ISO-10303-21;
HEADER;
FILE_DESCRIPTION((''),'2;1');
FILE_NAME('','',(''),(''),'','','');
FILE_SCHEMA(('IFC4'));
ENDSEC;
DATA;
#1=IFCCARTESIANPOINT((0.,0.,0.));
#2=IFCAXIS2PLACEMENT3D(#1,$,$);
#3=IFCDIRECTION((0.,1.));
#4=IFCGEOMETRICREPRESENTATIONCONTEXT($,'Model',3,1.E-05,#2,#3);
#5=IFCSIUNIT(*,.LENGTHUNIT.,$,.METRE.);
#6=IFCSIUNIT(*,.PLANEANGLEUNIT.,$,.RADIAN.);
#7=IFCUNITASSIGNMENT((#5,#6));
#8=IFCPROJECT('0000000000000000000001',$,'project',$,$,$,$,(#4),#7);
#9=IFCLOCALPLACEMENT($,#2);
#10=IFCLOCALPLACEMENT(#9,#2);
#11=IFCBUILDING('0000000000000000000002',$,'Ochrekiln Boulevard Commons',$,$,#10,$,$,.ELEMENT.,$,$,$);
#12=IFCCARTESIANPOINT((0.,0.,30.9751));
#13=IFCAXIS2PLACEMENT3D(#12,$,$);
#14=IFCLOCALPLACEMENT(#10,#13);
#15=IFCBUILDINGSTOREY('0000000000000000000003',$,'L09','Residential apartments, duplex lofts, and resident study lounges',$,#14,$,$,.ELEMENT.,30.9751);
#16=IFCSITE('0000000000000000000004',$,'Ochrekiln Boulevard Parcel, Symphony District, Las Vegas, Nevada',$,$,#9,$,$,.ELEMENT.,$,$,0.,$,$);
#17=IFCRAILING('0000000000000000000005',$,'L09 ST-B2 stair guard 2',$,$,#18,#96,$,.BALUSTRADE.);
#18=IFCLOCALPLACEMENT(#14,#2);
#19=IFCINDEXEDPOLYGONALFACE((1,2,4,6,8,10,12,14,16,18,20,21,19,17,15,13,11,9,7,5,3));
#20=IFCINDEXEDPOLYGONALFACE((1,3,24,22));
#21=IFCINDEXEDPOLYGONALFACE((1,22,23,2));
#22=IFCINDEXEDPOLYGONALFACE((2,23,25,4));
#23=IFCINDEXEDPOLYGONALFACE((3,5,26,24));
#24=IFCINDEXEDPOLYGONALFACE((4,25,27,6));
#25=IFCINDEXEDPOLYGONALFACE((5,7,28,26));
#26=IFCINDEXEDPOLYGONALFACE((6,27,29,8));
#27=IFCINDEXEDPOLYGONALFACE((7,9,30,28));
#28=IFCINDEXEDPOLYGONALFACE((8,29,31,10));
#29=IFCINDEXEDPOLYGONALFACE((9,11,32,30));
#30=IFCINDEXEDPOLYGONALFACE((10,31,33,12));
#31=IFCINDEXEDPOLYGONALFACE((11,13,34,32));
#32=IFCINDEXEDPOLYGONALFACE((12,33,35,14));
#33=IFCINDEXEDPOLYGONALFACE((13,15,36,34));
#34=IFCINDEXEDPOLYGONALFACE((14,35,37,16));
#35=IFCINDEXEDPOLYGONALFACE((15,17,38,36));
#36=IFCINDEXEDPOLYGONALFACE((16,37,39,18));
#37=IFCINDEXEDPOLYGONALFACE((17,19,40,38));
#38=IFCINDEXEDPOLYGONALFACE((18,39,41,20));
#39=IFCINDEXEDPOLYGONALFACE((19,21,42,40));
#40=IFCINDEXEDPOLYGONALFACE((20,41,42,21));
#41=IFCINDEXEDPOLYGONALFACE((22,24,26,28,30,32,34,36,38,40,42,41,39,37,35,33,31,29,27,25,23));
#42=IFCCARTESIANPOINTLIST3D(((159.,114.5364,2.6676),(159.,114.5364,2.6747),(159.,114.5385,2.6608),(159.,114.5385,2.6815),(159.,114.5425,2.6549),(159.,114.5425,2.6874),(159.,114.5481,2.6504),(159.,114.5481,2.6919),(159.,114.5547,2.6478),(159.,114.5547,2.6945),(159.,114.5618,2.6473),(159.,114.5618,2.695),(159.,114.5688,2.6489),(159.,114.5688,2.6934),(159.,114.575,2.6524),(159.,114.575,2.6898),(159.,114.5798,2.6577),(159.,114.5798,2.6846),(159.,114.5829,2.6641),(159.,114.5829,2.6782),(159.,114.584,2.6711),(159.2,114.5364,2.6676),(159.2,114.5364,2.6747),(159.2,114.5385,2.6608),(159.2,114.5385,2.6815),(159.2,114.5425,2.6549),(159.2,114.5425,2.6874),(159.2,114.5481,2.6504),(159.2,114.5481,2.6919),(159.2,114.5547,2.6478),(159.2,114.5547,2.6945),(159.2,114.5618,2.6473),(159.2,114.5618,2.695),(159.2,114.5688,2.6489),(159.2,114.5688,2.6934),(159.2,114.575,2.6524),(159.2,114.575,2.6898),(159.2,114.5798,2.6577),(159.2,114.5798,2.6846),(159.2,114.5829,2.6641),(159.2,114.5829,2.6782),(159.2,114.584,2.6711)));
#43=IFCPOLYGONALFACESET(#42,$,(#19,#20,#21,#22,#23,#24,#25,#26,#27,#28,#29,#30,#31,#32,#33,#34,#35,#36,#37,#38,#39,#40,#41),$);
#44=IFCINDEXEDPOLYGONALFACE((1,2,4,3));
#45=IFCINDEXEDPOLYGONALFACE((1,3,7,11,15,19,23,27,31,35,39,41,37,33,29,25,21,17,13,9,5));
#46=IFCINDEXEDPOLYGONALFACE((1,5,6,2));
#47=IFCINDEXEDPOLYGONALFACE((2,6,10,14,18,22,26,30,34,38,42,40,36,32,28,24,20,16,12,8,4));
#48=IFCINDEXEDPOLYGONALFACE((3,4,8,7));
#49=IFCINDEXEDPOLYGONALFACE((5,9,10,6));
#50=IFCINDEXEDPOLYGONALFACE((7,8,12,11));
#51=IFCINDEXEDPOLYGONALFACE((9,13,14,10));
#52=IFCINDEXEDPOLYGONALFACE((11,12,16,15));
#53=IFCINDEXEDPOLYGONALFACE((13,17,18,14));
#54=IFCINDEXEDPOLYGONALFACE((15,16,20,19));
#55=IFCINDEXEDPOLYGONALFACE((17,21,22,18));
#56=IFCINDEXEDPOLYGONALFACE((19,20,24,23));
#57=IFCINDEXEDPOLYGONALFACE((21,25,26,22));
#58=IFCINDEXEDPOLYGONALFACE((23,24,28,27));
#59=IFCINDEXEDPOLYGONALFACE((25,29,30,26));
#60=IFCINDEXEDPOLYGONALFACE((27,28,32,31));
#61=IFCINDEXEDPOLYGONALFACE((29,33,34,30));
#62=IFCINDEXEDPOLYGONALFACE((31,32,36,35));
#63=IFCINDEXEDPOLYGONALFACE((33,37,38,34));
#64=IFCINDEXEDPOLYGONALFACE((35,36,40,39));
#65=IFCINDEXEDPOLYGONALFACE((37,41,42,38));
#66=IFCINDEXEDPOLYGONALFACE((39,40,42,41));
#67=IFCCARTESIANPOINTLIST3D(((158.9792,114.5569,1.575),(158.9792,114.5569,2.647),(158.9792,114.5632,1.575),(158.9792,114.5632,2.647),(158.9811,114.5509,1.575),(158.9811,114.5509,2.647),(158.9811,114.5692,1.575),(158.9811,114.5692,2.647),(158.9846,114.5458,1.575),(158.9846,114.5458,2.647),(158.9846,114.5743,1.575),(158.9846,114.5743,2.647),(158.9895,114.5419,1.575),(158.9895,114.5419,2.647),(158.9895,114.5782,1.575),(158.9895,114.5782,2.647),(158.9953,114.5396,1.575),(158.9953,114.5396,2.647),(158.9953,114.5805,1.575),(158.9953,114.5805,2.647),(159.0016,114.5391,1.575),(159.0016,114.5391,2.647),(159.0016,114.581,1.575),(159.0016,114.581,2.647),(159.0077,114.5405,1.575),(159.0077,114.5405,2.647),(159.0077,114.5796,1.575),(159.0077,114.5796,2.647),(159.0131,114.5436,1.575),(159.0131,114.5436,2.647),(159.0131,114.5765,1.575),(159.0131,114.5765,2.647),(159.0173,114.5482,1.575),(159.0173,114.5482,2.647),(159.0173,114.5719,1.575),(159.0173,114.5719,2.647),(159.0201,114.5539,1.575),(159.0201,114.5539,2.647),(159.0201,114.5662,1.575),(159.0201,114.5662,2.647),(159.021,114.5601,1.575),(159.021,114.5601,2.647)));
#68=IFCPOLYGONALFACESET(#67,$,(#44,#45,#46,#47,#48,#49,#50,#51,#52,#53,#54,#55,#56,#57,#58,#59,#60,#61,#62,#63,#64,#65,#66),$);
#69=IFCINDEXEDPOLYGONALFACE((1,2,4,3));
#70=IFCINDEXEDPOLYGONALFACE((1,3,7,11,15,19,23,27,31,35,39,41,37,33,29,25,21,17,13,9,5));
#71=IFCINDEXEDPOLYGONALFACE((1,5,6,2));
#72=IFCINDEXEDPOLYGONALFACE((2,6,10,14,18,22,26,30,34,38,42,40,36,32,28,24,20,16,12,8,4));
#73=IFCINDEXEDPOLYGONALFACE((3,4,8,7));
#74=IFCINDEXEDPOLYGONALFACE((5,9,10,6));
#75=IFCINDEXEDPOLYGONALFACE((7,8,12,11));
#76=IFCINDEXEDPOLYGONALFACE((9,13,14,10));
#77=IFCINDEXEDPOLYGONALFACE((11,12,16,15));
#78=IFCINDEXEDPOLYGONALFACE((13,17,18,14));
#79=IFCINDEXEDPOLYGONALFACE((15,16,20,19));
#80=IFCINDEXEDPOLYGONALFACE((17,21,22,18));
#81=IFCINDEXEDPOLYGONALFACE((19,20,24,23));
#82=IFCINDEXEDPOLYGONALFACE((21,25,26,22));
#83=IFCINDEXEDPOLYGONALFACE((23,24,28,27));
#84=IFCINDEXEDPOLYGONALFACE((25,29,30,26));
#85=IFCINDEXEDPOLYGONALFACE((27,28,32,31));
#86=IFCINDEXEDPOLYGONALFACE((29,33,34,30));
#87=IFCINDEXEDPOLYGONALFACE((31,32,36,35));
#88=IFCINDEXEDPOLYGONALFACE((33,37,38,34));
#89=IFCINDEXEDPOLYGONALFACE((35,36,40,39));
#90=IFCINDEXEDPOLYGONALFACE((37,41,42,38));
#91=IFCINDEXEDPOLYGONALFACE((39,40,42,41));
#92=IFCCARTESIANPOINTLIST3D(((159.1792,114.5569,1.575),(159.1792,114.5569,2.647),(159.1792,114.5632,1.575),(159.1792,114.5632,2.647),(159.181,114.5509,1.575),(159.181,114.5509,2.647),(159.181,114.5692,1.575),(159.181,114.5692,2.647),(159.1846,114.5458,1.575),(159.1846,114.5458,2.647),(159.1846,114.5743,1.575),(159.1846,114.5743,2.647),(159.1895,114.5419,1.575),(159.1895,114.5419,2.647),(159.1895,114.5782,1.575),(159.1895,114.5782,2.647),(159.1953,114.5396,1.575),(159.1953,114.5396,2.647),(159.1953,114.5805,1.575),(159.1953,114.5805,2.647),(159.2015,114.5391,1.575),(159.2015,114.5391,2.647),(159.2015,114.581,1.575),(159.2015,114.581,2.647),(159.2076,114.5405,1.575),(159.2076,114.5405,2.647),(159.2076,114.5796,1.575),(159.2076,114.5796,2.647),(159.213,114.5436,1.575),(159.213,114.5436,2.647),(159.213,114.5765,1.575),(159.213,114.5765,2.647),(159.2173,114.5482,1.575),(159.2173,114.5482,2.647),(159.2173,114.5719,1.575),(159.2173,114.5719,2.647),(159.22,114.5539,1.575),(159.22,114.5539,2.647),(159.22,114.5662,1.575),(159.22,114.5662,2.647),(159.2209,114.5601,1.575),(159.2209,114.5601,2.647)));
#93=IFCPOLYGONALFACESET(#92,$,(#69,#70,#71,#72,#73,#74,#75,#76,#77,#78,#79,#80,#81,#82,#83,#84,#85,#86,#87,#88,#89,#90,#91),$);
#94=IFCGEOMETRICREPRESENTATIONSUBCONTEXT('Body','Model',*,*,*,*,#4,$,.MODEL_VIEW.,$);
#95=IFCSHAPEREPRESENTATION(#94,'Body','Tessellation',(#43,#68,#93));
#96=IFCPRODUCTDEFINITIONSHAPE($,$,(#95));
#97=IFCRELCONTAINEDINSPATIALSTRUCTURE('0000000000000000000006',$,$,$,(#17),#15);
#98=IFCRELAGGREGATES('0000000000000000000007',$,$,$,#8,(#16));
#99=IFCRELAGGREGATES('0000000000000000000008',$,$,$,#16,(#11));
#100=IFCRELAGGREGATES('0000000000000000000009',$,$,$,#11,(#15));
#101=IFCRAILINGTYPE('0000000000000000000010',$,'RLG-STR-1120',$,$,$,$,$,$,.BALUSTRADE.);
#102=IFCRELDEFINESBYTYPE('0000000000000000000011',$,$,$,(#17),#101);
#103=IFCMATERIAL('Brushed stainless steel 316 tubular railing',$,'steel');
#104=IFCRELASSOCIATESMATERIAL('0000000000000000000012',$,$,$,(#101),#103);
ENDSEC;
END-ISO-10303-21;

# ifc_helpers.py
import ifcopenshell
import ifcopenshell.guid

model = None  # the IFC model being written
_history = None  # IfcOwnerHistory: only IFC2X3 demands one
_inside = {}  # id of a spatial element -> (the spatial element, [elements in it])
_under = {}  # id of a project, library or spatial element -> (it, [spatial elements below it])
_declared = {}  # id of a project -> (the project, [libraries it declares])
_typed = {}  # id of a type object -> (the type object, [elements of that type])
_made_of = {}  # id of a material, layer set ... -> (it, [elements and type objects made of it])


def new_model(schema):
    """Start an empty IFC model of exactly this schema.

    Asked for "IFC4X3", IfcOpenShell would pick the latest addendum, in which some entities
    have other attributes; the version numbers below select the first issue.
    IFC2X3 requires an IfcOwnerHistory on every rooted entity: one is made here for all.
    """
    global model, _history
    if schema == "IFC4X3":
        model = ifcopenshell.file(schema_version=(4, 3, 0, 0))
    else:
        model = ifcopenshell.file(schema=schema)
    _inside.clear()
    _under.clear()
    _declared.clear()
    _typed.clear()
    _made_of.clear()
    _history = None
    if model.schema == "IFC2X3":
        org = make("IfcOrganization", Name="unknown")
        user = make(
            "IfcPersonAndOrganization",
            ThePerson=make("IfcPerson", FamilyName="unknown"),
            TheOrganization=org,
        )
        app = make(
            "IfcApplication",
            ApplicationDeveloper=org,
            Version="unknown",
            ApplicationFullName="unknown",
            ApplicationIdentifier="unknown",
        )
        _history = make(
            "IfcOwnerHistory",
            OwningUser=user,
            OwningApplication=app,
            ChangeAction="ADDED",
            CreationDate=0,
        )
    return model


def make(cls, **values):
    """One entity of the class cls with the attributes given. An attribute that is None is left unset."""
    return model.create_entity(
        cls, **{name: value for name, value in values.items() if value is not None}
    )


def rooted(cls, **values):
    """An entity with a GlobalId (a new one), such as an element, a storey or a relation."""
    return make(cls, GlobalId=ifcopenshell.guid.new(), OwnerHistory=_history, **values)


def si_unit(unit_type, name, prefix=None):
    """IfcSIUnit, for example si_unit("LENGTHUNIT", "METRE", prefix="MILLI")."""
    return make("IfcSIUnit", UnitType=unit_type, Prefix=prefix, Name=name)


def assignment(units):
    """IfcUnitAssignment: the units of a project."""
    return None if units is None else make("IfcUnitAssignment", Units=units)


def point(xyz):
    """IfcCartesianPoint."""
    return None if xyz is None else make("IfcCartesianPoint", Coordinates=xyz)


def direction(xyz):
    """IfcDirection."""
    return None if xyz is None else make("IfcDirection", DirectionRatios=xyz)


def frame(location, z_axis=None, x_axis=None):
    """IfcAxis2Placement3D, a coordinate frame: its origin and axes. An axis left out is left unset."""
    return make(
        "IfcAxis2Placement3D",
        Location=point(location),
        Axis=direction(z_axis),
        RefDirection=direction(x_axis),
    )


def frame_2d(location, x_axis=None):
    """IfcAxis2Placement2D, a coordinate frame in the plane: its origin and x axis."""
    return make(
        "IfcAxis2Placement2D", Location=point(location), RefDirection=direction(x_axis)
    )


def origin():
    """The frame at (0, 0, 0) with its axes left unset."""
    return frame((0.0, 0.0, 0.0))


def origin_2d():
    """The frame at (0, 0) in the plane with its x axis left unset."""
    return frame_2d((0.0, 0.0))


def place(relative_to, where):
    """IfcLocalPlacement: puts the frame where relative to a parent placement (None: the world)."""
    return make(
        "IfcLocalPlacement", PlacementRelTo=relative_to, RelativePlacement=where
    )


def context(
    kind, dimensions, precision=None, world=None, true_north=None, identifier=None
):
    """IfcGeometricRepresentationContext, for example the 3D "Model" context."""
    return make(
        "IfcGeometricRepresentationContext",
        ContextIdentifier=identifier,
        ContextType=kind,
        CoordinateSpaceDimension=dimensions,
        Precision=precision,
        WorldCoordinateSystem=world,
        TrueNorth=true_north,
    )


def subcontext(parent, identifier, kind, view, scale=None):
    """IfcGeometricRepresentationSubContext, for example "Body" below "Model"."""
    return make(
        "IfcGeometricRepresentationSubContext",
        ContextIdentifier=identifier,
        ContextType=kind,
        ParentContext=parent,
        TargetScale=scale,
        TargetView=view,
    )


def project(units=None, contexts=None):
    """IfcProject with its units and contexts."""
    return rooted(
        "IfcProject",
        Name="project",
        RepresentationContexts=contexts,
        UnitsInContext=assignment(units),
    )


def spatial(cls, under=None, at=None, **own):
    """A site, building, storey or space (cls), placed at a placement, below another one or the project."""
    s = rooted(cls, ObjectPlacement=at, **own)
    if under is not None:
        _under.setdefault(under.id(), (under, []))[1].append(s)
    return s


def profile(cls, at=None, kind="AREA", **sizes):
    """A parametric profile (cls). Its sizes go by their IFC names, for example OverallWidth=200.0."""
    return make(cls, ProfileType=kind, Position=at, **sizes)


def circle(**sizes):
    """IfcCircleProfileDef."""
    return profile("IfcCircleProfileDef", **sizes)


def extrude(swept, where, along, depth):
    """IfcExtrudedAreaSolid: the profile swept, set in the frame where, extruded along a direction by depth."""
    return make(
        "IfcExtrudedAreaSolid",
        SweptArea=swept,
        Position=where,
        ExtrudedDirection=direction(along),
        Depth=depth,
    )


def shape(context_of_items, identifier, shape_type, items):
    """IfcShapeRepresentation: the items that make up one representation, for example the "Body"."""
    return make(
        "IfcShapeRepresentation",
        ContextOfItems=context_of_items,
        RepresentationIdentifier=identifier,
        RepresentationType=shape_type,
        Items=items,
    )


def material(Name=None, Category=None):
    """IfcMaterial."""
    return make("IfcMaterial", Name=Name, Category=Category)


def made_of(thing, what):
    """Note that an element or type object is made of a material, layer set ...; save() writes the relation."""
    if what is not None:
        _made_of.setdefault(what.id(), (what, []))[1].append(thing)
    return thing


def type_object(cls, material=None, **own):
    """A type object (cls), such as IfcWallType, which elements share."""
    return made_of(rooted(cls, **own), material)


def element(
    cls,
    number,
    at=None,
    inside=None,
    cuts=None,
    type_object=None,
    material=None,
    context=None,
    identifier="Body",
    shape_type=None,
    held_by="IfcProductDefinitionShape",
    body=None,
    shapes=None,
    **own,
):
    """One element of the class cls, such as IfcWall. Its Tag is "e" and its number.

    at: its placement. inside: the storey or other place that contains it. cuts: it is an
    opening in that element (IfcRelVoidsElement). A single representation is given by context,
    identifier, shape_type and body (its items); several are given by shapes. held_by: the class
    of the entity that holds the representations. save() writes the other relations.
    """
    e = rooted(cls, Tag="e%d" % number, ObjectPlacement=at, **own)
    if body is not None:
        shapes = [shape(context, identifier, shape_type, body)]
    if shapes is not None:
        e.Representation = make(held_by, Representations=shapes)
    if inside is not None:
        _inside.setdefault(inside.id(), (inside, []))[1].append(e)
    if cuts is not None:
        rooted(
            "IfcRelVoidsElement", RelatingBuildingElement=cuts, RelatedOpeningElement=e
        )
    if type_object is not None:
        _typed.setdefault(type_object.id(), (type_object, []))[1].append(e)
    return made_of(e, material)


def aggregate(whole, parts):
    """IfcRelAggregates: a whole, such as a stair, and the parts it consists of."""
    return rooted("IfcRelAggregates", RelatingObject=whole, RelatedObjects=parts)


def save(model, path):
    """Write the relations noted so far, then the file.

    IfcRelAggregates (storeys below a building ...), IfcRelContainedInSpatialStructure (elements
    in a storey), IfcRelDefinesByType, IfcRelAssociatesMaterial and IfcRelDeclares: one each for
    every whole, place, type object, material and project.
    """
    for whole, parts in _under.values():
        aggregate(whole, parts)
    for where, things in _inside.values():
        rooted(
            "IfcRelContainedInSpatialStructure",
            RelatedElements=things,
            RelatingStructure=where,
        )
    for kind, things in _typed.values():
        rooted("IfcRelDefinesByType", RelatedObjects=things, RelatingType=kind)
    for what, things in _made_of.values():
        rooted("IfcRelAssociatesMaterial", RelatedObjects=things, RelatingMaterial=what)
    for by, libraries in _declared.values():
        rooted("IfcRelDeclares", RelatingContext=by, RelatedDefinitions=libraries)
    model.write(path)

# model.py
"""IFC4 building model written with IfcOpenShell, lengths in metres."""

from ifc_helpers import new_model, si_unit, direction, frame, origin, origin_2d, place, context, subcontext, project, spatial, circle, extrude, material, type_object, element, save


model = new_model("IFC4")

# Units and contexts
model_context = context("Model", 3, precision=1e-05, world=origin(), true_north=direction((0.0, 1.0)))
body_context = subcontext(model_context, "Body", "Model", "MODEL_VIEW")
ifc_project = project(units=[si_unit("LENGTHUNIT", "METRE"), si_unit("PLANEANGLEUNIT", "RADIAN")], contexts=[model_context])

# Site, building, storey
site_placement = place(None, origin())
site = spatial("IfcSite", under=ifc_project, at=site_placement, Name="Ochrekiln Boulevard Parcel, Symphony District, Las Vegas, Nevada", CompositionType="ELEMENT", RefElevation=0.0)
building_placement = place(site_placement, origin())
building = spatial("IfcBuilding", under=site, at=building_placement, Name="Ochrekiln Boulevard Commons", CompositionType="ELEMENT")
storey_placement = place(building_placement, frame((0.0, 0.0, 30.9751)))
storey = spatial("IfcBuildingStorey", under=building, at=storey_placement, Name="L09", Description="Residential apartments, duplex lofts, and resident study lounges", CompositionType="ELEMENT", Elevation=30.9751)

# Railing
ifc_material_1 = material(Name="Brushed stainless steel 316 tubular railing", Category="steel")
railing_type_1 = type_object("IfcRailingType", Name="RLG-STR-1120", PredefinedType="BALUSTRADE", material=ifc_material_1)
railing_1_placement = place(storey_placement, frame((159.0, 114.5601, 1.575)))
element("IfcRailing", 1, at=railing_1_placement, inside=storey, type_object=railing_type_1, Name="L09 ST-B2 stair guard 2", PredefinedType="BALUSTRADE", context=body_context, shape_type="SweptSolid", body=[
    extrude(circle(Radius=0.0239, at=origin_2d()), frame((0.0, 0.0, 1.0962), z_axis=(1.0, 0.0, 0.0), x_axis=(0.0, 1.0, 0.0)), (0.0, 0.0, 1.0), 0.2),
    extrude(circle(Radius=0.021, at=origin_2d()), origin(), (0.0, 0.0, 1.0), 1.072),
    extrude(circle(Radius=0.021, at=origin_2d()), frame((0.2, 0.0, 0.0)), (0.0, 0.0, 1.0), 1.072),
])

save(model, "model.ifc")
